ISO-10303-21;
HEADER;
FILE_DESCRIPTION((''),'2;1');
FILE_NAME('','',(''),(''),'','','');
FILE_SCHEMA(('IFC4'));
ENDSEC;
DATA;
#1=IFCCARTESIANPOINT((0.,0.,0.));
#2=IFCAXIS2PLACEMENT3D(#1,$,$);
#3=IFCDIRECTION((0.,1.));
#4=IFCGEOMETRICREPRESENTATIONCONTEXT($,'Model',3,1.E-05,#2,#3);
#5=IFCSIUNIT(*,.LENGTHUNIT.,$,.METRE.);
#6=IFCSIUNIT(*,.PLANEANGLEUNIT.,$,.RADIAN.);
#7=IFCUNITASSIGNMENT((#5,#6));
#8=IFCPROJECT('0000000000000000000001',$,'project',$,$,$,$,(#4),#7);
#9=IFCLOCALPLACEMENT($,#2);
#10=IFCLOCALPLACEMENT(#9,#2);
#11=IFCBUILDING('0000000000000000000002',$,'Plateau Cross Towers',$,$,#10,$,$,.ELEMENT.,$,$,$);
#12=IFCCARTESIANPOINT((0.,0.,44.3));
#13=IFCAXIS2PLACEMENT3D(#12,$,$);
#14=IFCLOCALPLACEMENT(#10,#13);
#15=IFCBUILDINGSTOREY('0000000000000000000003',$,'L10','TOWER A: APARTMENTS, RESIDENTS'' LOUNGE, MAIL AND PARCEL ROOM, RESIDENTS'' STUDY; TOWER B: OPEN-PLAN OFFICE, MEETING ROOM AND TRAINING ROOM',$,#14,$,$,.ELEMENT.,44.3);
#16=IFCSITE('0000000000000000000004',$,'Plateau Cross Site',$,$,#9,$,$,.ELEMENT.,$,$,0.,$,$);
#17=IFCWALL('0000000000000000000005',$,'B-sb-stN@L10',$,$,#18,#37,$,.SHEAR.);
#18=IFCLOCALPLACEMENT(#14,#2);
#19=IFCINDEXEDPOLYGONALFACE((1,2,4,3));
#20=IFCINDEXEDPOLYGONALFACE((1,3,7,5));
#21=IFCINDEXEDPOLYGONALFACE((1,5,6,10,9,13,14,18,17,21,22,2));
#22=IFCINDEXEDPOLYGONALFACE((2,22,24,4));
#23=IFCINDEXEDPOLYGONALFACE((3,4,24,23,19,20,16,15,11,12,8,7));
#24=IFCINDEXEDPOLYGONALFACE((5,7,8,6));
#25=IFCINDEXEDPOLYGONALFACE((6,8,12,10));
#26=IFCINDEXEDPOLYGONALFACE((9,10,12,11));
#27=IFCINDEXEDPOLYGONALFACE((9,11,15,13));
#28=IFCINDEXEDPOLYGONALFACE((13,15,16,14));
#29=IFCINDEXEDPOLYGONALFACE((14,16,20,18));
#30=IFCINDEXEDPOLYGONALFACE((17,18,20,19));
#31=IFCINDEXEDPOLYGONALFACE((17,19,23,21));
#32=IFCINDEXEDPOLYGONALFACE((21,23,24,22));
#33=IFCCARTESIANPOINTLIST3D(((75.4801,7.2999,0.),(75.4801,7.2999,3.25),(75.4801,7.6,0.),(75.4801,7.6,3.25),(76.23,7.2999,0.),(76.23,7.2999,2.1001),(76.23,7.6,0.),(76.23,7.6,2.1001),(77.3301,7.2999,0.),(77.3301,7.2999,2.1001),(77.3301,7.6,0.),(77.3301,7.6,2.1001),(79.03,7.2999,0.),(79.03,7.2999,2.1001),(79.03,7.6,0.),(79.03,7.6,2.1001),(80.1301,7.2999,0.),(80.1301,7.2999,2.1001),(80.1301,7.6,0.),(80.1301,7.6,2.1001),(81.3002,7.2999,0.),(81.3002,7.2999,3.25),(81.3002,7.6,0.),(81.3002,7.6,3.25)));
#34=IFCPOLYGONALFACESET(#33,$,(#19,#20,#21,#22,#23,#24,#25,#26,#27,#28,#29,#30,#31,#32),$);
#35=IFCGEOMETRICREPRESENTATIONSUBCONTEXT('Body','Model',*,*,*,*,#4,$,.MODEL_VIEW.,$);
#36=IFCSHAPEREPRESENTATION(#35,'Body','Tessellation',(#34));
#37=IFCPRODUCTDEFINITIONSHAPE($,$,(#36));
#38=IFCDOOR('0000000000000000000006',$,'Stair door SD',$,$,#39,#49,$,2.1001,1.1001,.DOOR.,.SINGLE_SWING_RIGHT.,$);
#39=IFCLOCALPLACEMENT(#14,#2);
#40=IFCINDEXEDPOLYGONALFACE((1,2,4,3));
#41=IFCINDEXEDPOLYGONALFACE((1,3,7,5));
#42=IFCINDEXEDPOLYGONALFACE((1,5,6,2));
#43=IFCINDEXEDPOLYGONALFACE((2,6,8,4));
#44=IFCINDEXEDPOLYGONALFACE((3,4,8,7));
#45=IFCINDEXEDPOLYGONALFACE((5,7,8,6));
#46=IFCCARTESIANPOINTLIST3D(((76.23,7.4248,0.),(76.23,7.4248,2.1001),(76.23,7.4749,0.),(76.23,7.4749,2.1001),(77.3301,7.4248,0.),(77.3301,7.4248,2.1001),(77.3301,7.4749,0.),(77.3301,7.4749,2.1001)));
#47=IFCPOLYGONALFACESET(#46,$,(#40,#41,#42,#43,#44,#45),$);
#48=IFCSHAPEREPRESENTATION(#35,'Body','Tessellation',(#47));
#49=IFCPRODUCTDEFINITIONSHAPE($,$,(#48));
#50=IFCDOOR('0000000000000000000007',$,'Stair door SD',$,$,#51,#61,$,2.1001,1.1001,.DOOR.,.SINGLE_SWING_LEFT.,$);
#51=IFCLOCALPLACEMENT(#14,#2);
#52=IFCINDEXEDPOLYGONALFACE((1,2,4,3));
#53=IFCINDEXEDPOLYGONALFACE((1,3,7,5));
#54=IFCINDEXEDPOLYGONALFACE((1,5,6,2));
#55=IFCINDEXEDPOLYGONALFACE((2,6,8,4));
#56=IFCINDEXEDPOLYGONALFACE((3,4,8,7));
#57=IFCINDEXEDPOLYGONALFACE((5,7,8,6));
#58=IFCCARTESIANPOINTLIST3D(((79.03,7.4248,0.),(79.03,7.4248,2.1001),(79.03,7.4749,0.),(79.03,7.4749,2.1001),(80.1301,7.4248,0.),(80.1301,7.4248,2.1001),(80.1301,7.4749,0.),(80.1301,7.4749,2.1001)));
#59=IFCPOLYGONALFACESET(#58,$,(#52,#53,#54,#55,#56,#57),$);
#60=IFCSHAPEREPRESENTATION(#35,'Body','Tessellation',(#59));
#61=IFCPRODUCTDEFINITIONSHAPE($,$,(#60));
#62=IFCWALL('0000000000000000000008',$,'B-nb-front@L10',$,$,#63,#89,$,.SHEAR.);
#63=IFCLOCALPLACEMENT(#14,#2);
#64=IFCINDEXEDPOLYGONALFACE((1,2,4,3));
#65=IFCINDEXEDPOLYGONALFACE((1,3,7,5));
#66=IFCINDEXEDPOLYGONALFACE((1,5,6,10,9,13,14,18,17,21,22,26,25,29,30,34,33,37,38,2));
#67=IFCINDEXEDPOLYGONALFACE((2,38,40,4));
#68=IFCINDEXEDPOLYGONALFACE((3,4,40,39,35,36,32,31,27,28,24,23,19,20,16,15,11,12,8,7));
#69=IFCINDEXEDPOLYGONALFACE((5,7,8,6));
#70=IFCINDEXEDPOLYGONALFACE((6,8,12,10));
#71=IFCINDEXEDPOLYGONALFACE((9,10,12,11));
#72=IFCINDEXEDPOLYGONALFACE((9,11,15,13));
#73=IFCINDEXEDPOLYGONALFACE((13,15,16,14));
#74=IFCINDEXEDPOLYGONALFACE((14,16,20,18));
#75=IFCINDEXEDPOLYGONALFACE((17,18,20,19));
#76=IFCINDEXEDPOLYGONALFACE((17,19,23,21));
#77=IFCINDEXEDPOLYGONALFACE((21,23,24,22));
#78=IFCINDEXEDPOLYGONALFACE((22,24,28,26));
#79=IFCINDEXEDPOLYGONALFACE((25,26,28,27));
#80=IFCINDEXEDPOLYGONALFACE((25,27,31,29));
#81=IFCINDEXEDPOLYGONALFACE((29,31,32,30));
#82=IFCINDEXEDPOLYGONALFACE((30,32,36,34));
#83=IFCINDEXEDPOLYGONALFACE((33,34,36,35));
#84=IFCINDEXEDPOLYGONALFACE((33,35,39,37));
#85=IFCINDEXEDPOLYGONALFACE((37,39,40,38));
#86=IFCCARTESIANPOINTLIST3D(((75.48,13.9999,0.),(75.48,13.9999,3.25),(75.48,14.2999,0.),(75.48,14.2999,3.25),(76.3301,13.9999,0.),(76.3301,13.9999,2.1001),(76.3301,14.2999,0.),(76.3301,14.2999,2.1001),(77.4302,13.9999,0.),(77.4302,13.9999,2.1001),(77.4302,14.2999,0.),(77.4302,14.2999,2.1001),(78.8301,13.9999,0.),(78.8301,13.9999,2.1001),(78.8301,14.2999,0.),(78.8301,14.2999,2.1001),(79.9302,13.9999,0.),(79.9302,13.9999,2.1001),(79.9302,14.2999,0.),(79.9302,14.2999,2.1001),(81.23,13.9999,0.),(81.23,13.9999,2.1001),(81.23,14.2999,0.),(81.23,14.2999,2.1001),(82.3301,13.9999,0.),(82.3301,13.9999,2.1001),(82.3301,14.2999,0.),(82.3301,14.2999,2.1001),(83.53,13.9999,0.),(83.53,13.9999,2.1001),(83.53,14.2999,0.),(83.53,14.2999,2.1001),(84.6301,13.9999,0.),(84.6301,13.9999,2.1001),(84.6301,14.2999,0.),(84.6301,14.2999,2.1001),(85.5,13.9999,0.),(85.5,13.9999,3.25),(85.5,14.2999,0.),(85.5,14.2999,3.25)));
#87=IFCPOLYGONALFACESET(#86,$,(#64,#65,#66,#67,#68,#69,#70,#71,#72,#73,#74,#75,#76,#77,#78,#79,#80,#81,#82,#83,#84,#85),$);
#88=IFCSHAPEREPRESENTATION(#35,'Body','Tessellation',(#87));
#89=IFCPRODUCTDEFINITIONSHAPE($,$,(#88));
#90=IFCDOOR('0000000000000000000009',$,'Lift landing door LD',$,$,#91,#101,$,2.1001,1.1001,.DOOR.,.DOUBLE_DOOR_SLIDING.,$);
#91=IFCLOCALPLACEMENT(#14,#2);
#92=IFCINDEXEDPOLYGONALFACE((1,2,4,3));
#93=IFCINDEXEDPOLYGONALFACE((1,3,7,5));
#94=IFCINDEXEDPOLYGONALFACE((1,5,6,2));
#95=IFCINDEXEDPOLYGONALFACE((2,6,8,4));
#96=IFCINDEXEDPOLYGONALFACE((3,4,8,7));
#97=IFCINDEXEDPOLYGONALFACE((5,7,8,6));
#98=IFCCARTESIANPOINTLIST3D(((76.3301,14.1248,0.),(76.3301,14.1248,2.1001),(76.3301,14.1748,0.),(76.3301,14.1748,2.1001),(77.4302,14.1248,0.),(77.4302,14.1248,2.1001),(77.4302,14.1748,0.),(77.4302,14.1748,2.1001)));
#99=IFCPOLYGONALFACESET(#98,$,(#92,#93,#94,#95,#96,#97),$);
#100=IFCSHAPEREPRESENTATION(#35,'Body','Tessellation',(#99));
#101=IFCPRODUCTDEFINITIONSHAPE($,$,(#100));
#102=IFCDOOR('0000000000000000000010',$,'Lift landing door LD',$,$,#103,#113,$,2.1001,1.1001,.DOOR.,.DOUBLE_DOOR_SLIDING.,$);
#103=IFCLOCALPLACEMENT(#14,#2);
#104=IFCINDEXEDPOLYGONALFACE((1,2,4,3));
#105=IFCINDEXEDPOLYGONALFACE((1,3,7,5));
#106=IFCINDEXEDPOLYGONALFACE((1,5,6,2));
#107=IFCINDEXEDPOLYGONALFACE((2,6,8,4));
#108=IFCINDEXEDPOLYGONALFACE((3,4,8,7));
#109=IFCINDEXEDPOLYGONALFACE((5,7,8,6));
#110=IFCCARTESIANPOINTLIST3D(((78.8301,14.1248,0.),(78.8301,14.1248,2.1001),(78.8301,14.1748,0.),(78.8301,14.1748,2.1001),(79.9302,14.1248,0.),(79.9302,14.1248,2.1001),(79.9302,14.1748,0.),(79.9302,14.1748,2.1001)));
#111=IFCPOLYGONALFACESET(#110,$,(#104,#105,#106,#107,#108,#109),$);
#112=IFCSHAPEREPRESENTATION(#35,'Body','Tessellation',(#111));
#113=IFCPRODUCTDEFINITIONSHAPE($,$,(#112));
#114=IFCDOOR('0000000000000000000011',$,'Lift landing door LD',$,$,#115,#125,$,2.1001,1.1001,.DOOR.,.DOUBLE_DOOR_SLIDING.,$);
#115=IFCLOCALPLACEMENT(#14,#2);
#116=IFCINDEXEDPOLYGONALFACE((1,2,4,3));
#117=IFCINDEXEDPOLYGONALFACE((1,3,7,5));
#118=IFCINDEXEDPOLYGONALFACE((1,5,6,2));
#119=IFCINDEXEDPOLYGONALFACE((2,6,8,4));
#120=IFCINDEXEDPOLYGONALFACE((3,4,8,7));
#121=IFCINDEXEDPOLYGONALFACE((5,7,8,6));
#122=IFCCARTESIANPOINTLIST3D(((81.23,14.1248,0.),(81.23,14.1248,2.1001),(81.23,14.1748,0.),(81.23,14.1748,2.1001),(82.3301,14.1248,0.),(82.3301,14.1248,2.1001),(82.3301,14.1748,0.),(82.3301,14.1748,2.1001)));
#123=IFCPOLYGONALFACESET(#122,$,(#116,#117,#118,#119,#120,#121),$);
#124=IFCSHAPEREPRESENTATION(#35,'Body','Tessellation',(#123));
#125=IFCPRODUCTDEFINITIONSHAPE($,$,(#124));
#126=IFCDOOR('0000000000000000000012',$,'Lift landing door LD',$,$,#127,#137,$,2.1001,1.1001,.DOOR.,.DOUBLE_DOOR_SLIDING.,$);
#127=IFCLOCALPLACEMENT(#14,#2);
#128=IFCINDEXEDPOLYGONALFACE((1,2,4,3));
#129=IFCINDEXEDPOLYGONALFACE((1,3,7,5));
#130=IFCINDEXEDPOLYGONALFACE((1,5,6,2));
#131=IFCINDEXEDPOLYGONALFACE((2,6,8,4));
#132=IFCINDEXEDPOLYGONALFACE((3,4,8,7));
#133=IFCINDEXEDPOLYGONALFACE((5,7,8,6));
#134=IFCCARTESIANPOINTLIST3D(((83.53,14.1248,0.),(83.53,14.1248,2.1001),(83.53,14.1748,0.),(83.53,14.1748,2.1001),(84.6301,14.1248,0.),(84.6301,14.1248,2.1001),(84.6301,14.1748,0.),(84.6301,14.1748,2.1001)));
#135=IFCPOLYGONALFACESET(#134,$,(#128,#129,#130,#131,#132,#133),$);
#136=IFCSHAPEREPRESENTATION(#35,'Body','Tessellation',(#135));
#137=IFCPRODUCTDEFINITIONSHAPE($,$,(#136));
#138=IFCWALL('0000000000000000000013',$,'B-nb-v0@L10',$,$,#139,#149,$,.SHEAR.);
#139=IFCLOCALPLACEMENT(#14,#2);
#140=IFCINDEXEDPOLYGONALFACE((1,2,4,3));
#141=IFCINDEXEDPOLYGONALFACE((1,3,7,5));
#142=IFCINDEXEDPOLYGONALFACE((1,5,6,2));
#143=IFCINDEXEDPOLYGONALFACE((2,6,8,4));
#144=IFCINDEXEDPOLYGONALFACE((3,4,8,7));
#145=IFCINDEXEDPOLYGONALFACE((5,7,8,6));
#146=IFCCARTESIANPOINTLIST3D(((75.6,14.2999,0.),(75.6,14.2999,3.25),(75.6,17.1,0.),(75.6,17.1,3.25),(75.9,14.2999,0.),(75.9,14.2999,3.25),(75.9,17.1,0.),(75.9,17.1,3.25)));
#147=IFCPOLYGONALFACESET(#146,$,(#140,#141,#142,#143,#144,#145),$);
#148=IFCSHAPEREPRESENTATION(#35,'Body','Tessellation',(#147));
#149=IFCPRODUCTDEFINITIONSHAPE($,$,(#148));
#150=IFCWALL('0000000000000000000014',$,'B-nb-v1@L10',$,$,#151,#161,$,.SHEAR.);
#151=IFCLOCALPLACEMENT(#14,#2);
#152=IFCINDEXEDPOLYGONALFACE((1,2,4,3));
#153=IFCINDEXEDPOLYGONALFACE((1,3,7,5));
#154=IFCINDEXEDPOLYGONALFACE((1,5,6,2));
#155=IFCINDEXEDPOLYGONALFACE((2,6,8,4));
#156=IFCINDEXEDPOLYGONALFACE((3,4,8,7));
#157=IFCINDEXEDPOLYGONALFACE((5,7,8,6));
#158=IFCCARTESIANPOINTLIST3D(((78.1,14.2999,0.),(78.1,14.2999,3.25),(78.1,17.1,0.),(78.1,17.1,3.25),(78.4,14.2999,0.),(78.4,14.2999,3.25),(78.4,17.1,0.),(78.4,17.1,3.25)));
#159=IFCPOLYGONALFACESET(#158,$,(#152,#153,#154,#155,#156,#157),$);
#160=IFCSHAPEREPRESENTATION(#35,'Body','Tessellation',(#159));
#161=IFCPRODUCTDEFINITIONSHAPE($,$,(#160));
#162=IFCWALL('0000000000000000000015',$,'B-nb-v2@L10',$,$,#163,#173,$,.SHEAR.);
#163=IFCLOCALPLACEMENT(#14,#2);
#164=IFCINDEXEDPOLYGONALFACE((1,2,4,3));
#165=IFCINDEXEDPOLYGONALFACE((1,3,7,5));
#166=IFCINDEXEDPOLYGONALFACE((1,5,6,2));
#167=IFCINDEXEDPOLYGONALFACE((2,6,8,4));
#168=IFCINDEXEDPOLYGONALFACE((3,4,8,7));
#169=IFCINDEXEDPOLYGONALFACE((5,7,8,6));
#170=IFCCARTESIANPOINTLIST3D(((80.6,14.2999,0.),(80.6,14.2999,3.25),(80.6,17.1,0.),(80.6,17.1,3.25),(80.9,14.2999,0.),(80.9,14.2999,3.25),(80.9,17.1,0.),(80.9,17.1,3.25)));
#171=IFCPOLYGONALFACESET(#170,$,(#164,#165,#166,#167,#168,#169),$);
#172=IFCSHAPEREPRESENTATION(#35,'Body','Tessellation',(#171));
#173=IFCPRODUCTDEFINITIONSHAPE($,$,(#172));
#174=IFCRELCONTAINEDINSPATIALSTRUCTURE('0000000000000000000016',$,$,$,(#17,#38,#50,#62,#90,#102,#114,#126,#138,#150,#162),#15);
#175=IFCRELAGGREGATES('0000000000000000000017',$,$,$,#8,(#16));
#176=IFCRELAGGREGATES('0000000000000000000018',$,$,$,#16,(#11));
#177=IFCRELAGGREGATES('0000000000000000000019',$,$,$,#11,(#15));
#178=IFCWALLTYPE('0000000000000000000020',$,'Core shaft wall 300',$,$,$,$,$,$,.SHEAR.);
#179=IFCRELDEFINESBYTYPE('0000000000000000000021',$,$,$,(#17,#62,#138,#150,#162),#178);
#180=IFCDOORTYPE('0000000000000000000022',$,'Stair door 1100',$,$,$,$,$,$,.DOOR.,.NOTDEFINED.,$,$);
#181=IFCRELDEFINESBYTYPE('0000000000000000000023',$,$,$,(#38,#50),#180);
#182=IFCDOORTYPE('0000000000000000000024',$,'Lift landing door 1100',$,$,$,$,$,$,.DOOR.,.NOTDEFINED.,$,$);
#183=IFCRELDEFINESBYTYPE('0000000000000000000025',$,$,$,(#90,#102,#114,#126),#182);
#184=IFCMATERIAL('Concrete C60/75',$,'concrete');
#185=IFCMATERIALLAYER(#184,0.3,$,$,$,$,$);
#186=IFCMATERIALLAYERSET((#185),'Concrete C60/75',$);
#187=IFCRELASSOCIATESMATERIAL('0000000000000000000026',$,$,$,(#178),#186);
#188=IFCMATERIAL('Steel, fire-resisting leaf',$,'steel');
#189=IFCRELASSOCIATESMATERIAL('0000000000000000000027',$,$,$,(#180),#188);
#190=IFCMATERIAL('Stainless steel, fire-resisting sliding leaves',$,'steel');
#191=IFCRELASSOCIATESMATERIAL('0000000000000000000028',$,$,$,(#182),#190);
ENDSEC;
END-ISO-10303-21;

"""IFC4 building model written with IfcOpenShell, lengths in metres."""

from ifc_helpers import new_model, si_unit, direction, frame, frame_2d, origin, place, context, subcontext, project, spatial, rectangle, extrude, material, layer, layer_set, type_object, element, fill, save


model = new_model("IFC4")

# Units and contexts
model_context = context("Model", 3, precision=1e-05, world=origin(), true_north=direction((0.0, 1.0)))
body_context = subcontext(model_context, "Body", "Model", "MODEL_VIEW")
ifc_project = project(units=[si_unit("LENGTHUNIT", "METRE"), si_unit("PLANEANGLEUNIT", "RADIAN")], contexts=[model_context])

# Site, building, storey
site_placement = place(None, origin())
site = spatial("IfcSite", under=ifc_project, at=site_placement, Name="Plateau Cross Site", CompositionType="ELEMENT", RefElevation=0.0)
building_placement = place(site_placement, origin())
building = spatial("IfcBuilding", under=site, at=building_placement, Name="Plateau Cross Towers", CompositionType="ELEMENT")
storey_placement = place(building_placement, frame((0.0, 0.0, 44.3)))
storey = spatial("IfcBuildingStorey", under=building, at=storey_placement, Name="L10", Description="TOWER A: APARTMENTS, RESIDENTS' LOUNGE, MAIL AND PARCEL ROOM, RESIDENTS' STUDY; TOWER B: OPEN-PLAN OFFICE, MEETING ROOM AND TRAINING ROOM", CompositionType="ELEMENT", Elevation=44.3)

# Shared definitions
ifc_material_1 = material(Name="Concrete C60/75", Category="concrete")

# Shared definitions
ifc_material_2 = material(Name="Steel, fire-resisting leaf", Category="steel")

# Walls, openings, doors
ifc_layer_1 = layer(ifc_material_1, 0.3)
ifc_layer_set_1 = layer_set([ifc_layer_1], Name="Concrete C60/75")
wall_type_1 = type_object("IfcWallType", Name="Core shaft wall 300", PredefinedType="SHEAR", material=ifc_layer_set_1)
wall_1_placement = place(storey_placement, frame((75.48, 7.45, 0.0), z_axis=(0.0, 0.0, 1.0), x_axis=(1.0, 0.0, 0.0)))
wall_1 = element("IfcWall", 1, at=wall_1_placement, inside=storey, type_object=wall_type_1, Name="B-sb-stN@L10", PredefinedType="SHEAR", context=body_context, shape_type="SweptSolid", body=[
    extrude(rectangle(XDim=5.8201, YDim=0.3, at=frame_2d((2.9102, 0.0))), origin(), (0.0, 0.0, 1.0), 3.25),
])
opening_1_placement = place(wall_1_placement, frame((0.75, 0.0, 0.0)))
opening_1 = element("IfcOpeningElement", 2, at=opening_1_placement, cuts=wall_1, PredefinedType="OPENING", context=body_context, shape_type="SweptSolid", body=[
    extrude(rectangle(XDim=1.1001, YDim=2.1001, at=frame_2d((0.55, 1.05))), frame((0.0, 0.1599, 0.0), z_axis=(0.0, -1.0, 0.0), x_axis=(1.0, 0.0, 0.0)), (0.0, 0.0, 1.0), 0.3201),
])
opening_2_placement = place(wall_1_placement, frame((3.55, 0.0, 0.0)))
opening_2 = element("IfcOpeningElement", 3, at=opening_2_placement, cuts=wall_1, PredefinedType="OPENING", context=body_context, shape_type="SweptSolid", body=[
    extrude(rectangle(XDim=1.1001, YDim=2.1001, at=frame_2d((0.55, 1.05))), frame((0.0, 0.1599, 0.0), z_axis=(0.0, -1.0, 0.0), x_axis=(1.0, 0.0, 0.0)), (0.0, 0.0, 1.0), 0.3201),
])
door_type_1 = type_object("IfcDoorType", Name="Stair door 1100", OperationType="NOTDEFINED", PredefinedType="DOOR", material=ifc_material_2)
door_1_placement = place(opening_1_placement, origin())
door_1 = element("IfcDoor", 4, at=door_1_placement, inside=storey, type_object=door_type_1, Name="Stair door SD", OperationType="SINGLE_SWING_RIGHT", OverallHeight=2.1001, OverallWidth=1.1001, PredefinedType="DOOR", context=body_context, shape_type="SweptSolid", body=[
    extrude(rectangle(XDim=1.1001, YDim=2.1001, at=frame_2d((0.55, 1.05))), frame((0.0, 0.0249, 0.0), z_axis=(0.0, -1.0, 0.0), x_axis=(1.0, 0.0, 0.0)), (0.0, 0.0, 1.0), 0.05),
])
fill(opening_1, door_1)
door_2_placement = place(opening_2_placement, origin())
door_2 = element("IfcDoor", 5, at=door_2_placement, inside=storey, type_object=door_type_1, Name="Stair door SD", OperationType="SINGLE_SWING_LEFT", OverallHeight=2.1001, OverallWidth=1.1001, PredefinedType="DOOR", context=body_context, shape_type="SweptSolid", body=[
    extrude(rectangle(XDim=1.1001, YDim=2.1001, at=frame_2d((0.55, 1.05))), frame((0.0, 0.0249, 0.0), z_axis=(0.0, -1.0, 0.0), x_axis=(1.0, 0.0, 0.0)), (0.0, 0.0, 1.0), 0.05),
])
fill(opening_2, door_2)
wall_2_placement = place(storey_placement, frame((75.48, 14.1499, 0.0), z_axis=(0.0, 0.0, 1.0), x_axis=(1.0, 0.0, 0.0)))
wall_2 = element("IfcWall", 6, at=wall_2_placement, inside=storey, type_object=wall_type_1, Name="B-nb-front@L10", PredefinedType="SHEAR", context=body_context, shape_type="SweptSolid", body=[
    extrude(rectangle(XDim=10.02, YDim=0.3, at=frame_2d((5.01, 0.0))), origin(), (0.0, 0.0, 1.0), 3.25),
])
opening_3_placement = place(wall_2_placement, frame((0.8501, 0.0, 0.0)))
opening_3 = element("IfcOpeningElement", 7, at=opening_3_placement, cuts=wall_2, PredefinedType="OPENING", context=body_context, shape_type="SweptSolid", body=[
    extrude(rectangle(XDim=1.1001, YDim=2.1001, at=frame_2d((0.55, 1.05))), frame((0.0, 0.1599, 0.0), z_axis=(0.0, -1.0, 0.0), x_axis=(1.0, 0.0, 0.0)), (0.0, 0.0, 1.0), 0.3201),
])
opening_4_placement = place(wall_2_placement, frame((3.3501, 0.0, 0.0)))
opening_4 = element("IfcOpeningElement", 8, at=opening_4_placement, cuts=wall_2, PredefinedType="OPENING", context=body_context, shape_type="SweptSolid", body=[
    extrude(rectangle(XDim=1.1001, YDim=2.1001, at=frame_2d((0.55, 1.05))), frame((0.0, 0.1599, 0.0), z_axis=(0.0, -1.0, 0.0), x_axis=(1.0, 0.0, 0.0)), (0.0, 0.0, 1.0), 0.3201),
])
opening_5_placement = place(wall_2_placement, frame((5.75, 0.0, 0.0)))
opening_5 = element("IfcOpeningElement", 9, at=opening_5_placement, cuts=wall_2, PredefinedType="OPENING", context=body_context, shape_type="SweptSolid", body=[
    extrude(rectangle(XDim=1.1001, YDim=2.1001, at=frame_2d((0.55, 1.05))), frame((0.0, 0.1599, 0.0), z_axis=(0.0, -1.0, 0.0), x_axis=(1.0, 0.0, 0.0)), (0.0, 0.0, 1.0), 0.3201),
])
opening_6_placement = place(wall_2_placement, frame((8.05, 0.0, 0.0)))
opening_6 = element("IfcOpeningElement", 10, at=opening_6_placement, cuts=wall_2, PredefinedType="OPENING", context=body_context, shape_type="SweptSolid", body=[
    extrude(rectangle(XDim=1.1001, YDim=2.1001, at=frame_2d((0.55, 1.05))), frame((0.0, 0.1599, 0.0), z_axis=(0.0, -1.0, 0.0), x_axis=(1.0, 0.0, 0.0)), (0.0, 0.0, 1.0), 0.3201),
])
ifc_material_3 = material(Name="Stainless steel, fire-resisting sliding leaves", Category="steel")
door_type_2 = type_object("IfcDoorType", Name="Lift landing door 1100", OperationType="NOTDEFINED", PredefinedType="DOOR", material=ifc_material_3)
door_3_placement = place(opening_3_placement, origin())
door_3 = element("IfcDoor", 11, at=door_3_placement, inside=storey, type_object=door_type_2, Name="Lift landing door LD", OperationType="DOUBLE_DOOR_SLIDING", OverallHeight=2.1001, OverallWidth=1.1001, PredefinedType="DOOR", context=body_context, shape_type="SweptSolid", body=[
    extrude(rectangle(XDim=1.1001, YDim=2.1001, at=frame_2d((0.55, 1.05))), frame((0.0, 0.0249, 0.0), z_axis=(0.0, -1.0, 0.0), x_axis=(1.0, 0.0, 0.0)), (0.0, 0.0, 1.0), 0.05),
])
fill(opening_3, door_3)
door_4_placement = place(opening_4_placement, origin())
door_4 = element("IfcDoor", 12, at=door_4_placement, inside=storey, type_object=door_type_2, Name="Lift landing door LD", OperationType="DOUBLE_DOOR_SLIDING", OverallHeight=2.1001, OverallWidth=1.1001, PredefinedType="DOOR", context=body_context, shape_type="SweptSolid", body=[
    extrude(rectangle(XDim=1.1001, YDim=2.1001, at=frame_2d((0.55, 1.05))), frame((0.0, 0.0249, 0.0), z_axis=(0.0, -1.0, 0.0), x_axis=(1.0, 0.0, 0.0)), (0.0, 0.0, 1.0), 0.05),
])
fill(opening_4, door_4)
door_5_placement = place(opening_5_placement, origin())
door_5 = element("IfcDoor", 13, at=door_5_placement, inside=storey, type_object=door_type_2, Name="Lift landing door LD", OperationType="DOUBLE_DOOR_SLIDING", OverallHeight=2.1001, OverallWidth=1.1001, PredefinedType="DOOR", context=body_context, shape_type="SweptSolid", body=[
    extrude(rectangle(XDim=1.1001, YDim=2.1001, at=frame_2d((0.55, 1.05))), frame((0.0, 0.0249, 0.0), z_axis=(0.0, -1.0, 0.0), x_axis=(1.0, 0.0, 0.0)), (0.0, 0.0, 1.0), 0.05),
])
fill(opening_5, door_5)
door_6_placement = place(opening_6_placement, origin())
door_6 = element("IfcDoor", 14, at=door_6_placement, inside=storey, type_object=door_type_2, Name="Lift landing door LD", OperationType="DOUBLE_DOOR_SLIDING", OverallHeight=2.1001, OverallWidth=1.1001, PredefinedType="DOOR", context=body_context, shape_type="SweptSolid", body=[
    extrude(rectangle(XDim=1.1001, YDim=2.1001, at=frame_2d((0.55, 1.05))), frame((0.0, 0.0249, 0.0), z_axis=(0.0, -1.0, 0.0), x_axis=(1.0, 0.0, 0.0)), (0.0, 0.0, 1.0), 0.05),
])
fill(opening_6, door_6)

# Walls
for number, where, z_axis, x_axis, name in (
    (15, (75.75, 14.3, 0.0), (0.0, 0.0, 1.0), (0.0, 1.0, 0.0), "B-nb-v0@L10"),
    (16, (78.25, 14.3, 0.0), (0.0, 0.0, 1.0), (0.0, 1.0, 0.0), "B-nb-v1@L10"),
    (17, (80.75, 14.3, 0.0), (0.0, 0.0, 1.0), (0.0, 1.0, 0.0), "B-nb-v2@L10"),
):
    element("IfcWall", number, at=place(storey_placement, frame(where, z_axis=z_axis, x_axis=x_axis)), inside=storey, type_object=wall_type_1, Name=name, PredefinedType="SHEAR", context=body_context, shape_type="SweptSolid", body=[
        extrude(rectangle(XDim=2.8, YDim=0.3, at=frame_2d((1.3999, 0.0))), origin(), (0.0, 0.0, 1.0), 3.25),
    ])

save(model, "model.ifc")
